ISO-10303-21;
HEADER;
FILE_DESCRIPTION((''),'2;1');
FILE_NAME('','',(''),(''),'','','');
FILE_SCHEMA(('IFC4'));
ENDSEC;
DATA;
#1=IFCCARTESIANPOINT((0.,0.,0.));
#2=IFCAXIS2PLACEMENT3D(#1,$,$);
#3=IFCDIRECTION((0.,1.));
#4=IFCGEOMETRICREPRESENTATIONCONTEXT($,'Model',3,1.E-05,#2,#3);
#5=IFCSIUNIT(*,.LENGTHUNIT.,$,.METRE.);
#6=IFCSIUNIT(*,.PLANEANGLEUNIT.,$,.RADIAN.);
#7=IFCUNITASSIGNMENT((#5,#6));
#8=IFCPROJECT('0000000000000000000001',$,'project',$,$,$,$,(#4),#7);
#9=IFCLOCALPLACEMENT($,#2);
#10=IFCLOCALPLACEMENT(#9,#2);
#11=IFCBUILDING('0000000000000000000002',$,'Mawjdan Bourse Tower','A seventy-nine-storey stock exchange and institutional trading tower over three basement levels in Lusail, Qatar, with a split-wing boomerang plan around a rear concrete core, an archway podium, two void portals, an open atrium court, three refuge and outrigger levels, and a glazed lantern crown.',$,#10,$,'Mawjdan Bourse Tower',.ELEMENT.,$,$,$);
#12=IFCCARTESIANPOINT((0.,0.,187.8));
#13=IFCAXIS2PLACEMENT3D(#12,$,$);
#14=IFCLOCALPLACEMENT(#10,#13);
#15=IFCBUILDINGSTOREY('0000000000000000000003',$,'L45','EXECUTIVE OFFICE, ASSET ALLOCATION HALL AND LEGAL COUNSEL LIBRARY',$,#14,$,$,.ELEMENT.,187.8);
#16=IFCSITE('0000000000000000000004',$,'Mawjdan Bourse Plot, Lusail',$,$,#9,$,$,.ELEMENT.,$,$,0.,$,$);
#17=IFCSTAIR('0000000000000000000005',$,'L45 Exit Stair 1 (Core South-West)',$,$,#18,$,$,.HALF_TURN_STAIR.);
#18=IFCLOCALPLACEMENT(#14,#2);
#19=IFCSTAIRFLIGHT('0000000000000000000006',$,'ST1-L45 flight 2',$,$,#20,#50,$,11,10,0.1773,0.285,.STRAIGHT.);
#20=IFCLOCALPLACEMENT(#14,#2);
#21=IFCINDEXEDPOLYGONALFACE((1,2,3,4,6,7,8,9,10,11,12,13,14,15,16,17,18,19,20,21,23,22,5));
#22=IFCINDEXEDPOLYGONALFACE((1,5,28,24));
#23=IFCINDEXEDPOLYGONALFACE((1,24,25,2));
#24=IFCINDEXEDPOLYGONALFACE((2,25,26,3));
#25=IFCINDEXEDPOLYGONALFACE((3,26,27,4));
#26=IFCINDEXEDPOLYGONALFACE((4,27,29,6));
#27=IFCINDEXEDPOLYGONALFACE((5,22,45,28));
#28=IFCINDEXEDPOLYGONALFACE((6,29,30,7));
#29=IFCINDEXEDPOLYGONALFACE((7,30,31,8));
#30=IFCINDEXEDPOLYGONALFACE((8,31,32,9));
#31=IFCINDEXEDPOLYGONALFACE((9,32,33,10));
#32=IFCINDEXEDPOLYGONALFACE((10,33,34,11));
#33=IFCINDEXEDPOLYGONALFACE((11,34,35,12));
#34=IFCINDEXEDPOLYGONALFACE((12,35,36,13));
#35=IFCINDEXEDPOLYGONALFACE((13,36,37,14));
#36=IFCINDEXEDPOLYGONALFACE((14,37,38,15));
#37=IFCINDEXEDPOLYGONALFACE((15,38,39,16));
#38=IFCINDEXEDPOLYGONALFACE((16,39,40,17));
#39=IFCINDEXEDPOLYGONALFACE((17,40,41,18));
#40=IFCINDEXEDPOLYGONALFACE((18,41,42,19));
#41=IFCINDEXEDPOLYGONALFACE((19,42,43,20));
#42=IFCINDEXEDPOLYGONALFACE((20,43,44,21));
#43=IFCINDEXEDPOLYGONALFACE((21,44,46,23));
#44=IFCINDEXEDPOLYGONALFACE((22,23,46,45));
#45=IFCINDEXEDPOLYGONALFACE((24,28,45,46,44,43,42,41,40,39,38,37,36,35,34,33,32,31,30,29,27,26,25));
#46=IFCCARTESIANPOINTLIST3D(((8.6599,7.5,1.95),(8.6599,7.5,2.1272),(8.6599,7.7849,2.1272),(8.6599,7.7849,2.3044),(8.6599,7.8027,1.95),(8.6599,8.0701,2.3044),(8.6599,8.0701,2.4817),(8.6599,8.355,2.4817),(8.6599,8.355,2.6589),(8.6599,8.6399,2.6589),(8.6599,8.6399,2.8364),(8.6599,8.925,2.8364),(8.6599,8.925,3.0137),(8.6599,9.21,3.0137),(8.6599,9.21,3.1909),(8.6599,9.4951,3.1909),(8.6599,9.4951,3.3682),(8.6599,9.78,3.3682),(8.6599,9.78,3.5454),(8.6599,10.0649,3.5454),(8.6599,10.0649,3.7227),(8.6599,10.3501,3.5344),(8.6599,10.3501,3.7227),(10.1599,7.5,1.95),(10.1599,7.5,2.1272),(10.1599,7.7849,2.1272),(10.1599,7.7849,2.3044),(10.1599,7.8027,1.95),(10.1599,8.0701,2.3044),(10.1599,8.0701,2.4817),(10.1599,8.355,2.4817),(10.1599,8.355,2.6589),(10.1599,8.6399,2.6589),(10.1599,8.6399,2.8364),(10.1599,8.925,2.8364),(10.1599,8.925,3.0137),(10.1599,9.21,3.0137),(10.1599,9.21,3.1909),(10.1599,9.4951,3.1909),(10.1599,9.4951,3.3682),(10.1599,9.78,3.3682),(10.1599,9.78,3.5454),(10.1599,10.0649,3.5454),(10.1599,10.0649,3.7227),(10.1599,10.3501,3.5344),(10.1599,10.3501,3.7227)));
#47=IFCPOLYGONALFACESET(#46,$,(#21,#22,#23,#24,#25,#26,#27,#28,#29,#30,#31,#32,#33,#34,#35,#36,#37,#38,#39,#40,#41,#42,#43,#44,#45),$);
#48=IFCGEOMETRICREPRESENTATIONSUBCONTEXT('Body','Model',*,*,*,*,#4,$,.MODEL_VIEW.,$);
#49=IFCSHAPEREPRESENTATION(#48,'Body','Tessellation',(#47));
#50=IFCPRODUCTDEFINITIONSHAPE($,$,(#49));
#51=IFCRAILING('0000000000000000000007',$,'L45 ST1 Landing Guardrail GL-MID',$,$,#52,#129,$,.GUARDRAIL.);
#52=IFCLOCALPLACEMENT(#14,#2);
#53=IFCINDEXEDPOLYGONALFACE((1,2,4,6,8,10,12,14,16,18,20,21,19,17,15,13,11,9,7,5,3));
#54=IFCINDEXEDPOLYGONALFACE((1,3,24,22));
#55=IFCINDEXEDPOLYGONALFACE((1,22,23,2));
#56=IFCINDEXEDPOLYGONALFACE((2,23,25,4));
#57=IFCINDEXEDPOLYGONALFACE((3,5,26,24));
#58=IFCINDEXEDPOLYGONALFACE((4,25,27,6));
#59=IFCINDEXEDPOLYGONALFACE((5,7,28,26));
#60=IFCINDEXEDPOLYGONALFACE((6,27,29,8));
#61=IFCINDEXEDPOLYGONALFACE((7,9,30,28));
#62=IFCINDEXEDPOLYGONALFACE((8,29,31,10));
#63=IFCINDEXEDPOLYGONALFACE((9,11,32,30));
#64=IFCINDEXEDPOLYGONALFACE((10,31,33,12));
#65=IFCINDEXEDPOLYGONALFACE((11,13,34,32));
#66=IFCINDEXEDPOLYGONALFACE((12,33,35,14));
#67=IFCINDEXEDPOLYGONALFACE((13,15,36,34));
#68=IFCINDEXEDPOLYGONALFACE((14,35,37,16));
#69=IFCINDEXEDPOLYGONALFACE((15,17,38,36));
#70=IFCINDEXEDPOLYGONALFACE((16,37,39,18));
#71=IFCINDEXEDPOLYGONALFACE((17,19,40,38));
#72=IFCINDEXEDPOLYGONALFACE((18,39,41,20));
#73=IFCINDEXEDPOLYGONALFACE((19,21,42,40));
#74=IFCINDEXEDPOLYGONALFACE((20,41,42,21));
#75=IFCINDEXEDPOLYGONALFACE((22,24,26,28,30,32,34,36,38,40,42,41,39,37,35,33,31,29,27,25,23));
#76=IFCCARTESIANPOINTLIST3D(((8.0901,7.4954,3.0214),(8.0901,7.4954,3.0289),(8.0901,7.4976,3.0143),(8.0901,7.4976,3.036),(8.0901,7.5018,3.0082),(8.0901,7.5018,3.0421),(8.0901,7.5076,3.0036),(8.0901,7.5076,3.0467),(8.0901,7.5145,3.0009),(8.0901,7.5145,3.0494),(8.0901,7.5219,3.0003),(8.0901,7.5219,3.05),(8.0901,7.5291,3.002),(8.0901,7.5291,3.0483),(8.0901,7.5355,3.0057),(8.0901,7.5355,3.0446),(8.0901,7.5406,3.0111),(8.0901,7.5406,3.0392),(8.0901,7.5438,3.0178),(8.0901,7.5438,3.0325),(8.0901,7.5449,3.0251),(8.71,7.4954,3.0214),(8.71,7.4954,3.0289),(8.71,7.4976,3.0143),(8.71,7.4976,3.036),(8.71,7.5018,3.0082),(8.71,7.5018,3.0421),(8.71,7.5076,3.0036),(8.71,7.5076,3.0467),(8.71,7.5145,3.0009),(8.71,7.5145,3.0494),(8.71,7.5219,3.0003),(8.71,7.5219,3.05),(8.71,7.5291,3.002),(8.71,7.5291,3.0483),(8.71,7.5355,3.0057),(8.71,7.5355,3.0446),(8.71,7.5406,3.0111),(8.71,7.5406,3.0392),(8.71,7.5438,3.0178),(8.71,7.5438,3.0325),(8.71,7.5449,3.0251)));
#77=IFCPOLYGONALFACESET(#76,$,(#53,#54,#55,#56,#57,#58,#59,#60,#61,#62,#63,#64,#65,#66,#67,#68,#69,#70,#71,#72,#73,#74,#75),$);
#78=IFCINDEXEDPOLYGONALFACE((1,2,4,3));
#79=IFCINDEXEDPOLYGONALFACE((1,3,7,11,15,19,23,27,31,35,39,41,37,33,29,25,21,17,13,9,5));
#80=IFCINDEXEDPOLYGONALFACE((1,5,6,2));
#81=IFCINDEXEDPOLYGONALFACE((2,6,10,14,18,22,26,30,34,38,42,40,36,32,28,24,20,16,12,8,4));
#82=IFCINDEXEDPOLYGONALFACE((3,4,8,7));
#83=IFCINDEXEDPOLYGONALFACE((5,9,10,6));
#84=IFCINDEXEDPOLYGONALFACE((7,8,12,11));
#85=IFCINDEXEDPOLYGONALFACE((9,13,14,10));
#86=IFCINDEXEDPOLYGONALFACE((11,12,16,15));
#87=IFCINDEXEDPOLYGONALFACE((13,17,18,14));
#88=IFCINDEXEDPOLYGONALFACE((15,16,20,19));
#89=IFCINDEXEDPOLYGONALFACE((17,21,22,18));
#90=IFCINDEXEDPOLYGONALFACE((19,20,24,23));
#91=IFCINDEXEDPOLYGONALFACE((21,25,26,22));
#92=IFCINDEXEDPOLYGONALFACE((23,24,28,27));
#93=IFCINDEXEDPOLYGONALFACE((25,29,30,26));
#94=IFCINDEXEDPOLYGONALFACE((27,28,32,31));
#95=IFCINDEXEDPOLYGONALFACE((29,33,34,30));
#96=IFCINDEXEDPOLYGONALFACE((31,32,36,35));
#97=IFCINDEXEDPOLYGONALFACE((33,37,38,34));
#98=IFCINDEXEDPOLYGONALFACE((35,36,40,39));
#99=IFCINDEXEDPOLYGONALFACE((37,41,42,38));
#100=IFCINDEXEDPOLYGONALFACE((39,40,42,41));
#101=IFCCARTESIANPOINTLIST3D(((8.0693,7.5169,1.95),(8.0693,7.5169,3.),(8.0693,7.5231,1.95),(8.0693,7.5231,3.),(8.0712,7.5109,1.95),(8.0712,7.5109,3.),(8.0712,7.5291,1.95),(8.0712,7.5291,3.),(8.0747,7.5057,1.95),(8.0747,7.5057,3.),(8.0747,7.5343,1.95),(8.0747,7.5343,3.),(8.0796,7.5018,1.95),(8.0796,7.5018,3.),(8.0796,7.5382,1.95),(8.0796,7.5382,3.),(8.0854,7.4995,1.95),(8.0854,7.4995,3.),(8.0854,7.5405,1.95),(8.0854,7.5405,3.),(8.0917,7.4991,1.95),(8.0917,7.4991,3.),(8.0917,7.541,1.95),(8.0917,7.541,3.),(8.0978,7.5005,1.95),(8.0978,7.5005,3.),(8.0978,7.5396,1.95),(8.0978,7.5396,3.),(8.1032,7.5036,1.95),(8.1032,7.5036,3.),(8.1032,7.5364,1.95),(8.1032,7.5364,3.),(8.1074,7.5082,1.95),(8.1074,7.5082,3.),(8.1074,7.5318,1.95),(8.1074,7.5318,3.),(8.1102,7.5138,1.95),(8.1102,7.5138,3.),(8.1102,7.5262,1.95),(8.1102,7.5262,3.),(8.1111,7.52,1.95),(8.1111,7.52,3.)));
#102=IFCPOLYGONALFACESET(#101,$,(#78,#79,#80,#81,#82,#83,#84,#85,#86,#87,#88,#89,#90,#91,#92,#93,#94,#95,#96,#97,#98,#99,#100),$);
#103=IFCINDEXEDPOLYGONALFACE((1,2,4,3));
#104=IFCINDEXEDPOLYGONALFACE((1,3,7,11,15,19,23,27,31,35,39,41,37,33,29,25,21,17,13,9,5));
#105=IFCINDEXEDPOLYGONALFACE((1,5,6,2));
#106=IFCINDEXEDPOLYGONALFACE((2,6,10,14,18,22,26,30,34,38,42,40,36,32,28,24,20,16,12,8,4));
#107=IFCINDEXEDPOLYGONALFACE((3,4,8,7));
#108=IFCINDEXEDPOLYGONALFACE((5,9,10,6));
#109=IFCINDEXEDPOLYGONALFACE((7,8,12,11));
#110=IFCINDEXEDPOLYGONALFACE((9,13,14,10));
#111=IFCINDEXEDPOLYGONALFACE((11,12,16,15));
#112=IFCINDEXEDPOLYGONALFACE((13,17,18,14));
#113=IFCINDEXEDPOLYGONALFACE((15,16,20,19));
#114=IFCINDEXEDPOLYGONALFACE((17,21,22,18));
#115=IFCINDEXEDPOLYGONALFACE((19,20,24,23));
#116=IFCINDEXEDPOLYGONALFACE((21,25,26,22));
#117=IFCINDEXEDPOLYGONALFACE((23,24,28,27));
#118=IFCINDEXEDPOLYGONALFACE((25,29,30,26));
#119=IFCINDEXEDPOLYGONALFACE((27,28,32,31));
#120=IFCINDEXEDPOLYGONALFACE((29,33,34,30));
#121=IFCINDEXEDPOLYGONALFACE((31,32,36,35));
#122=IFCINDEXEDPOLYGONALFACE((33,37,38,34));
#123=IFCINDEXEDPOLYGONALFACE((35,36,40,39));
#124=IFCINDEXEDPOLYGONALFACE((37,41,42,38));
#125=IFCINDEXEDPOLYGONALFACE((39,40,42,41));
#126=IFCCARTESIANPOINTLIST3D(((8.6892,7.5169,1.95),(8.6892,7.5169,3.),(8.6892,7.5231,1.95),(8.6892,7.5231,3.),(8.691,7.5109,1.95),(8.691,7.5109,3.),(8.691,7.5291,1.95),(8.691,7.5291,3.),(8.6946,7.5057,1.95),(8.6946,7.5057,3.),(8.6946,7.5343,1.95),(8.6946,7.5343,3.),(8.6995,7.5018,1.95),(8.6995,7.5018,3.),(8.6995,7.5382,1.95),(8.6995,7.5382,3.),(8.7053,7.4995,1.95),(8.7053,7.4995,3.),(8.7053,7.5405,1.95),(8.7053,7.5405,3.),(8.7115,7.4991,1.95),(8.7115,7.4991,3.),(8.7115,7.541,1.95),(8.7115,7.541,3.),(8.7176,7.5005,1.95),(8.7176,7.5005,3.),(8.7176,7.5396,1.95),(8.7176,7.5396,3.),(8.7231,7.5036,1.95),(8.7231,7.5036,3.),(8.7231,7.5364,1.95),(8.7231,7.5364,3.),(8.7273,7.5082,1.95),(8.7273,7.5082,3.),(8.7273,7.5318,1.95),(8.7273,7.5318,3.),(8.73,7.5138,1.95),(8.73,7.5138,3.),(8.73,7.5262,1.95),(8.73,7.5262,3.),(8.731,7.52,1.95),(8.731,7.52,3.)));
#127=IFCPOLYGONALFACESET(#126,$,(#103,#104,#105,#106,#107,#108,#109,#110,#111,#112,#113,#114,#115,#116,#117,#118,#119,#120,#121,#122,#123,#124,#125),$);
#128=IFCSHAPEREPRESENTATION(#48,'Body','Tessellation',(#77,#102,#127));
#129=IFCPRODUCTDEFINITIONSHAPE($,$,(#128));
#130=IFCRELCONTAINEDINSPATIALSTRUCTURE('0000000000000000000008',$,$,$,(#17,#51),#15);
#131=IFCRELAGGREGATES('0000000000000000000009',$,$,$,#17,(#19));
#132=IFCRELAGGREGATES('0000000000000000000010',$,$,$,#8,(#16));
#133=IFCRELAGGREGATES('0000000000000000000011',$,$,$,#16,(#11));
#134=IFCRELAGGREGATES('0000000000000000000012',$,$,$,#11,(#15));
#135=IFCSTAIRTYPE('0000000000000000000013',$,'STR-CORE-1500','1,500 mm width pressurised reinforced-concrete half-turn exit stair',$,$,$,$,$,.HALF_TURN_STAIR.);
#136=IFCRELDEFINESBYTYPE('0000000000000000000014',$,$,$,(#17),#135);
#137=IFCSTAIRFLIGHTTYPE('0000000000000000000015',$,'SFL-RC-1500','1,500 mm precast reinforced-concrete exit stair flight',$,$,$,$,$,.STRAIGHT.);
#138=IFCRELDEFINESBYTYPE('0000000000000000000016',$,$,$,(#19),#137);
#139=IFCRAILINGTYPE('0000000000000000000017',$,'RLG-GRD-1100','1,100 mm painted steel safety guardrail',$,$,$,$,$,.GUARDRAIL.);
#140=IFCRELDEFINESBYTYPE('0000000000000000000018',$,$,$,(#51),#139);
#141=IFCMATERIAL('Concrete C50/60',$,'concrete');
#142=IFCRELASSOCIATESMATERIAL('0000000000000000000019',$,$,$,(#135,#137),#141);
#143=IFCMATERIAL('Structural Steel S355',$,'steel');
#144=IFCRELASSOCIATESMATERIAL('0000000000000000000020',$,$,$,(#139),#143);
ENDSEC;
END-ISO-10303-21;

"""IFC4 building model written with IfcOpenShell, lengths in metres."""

from ifc_helpers import new_model, si_unit, direction, frame, origin, origin_2d, place, context, subcontext, project, spatial, polyline, circle, outline, extrude, material, type_object, element, aggregate, save


model = new_model("IFC4")

# Units and contexts
model_context = context("Model", 3, precision=1e-05, world=origin(), true_north=direction((0.0, 1.0)))
body_context = subcontext(model_context, "Body", "Model", "MODEL_VIEW")
ifc_project = project(units=[si_unit("LENGTHUNIT", "METRE"), si_unit("PLANEANGLEUNIT", "RADIAN")], contexts=[model_context])

# Site, building, storey
site_placement = place(None, origin())
site = spatial("IfcSite", under=ifc_project, at=site_placement, Name="Mawjdan Bourse Plot, Lusail", CompositionType="ELEMENT", RefElevation=0.0)
building_placement = place(site_placement, origin())
building = spatial("IfcBuilding", under=site, at=building_placement, Name="Mawjdan Bourse Tower", Description="A seventy-nine-storey stock exchange and institutional trading tower over three basement levels in Lusail, Qatar, with a split-wing boomerang plan around a rear concrete core, an archway podium, two void portals, an open atrium court, three refuge and outrigger levels, and a glazed lantern crown.", LongName="Mawjdan Bourse Tower", CompositionType="ELEMENT")
storey_placement = place(building_placement, frame((0.0, 0.0, 187.8)))
storey = spatial("IfcBuildingStorey", under=building, at=storey_placement, Name="L45", Description="EXECUTIVE OFFICE, ASSET ALLOCATION HALL AND LEGAL COUNSEL LIBRARY", CompositionType="ELEMENT", Elevation=187.8)

# Shared definitions
ifc_material_1 = material(Name="Structural Steel S355", Category="steel")

# Stair
ifc_material_2 = material(Name="Concrete C50/60", Category="concrete")
stair_type = type_object("IfcStairType", Name="STR-CORE-1500", Description="1,500 mm width pressurised reinforced-concrete half-turn exit stair", PredefinedType="HALF_TURN_STAIR", material=ifc_material_2)
stair_1_placement = place(storey_placement, origin())
stair_1 = element("IfcStair", 1, at=stair_1_placement, inside=storey, type_object=stair_type, Name="L45 Exit Stair 1 (Core South-West)", PredefinedType="HALF_TURN_STAIR")

# Stair flight
stair_flight_type = type_object("IfcStairFlightType", Name="SFL-RC-1500", Description="1,500 mm precast reinforced-concrete exit stair flight", PredefinedType="STRAIGHT", material=ifc_material_2)
stair_flight_placement = place(storey_placement, frame((9.4099, 7.5, 1.95), z_axis=(0.0, 0.0, 1.0), x_axis=(0.0, 1.0, 0.0)))
stair_flight = element("IfcStairFlight", 2, at=stair_flight_placement, type_object=stair_flight_type, Name="ST1-L45 flight 2", NumberOfRisers=11, NumberOfTreads=10, PredefinedType="STRAIGHT", RiserHeight=0.1773, TreadLength=0.285, context=body_context, shape_type="SweptSolid", body=[
    extrude(outline(polyline([(0.0, 0.0), (0.0, 0.1772), (0.2849, 0.1772), (0.2849, 0.3545), (0.5701, 0.3545), (0.5701, 0.5317), (0.855, 0.5317), (0.855, 0.709), (1.1399, 0.709), (1.1399, 0.8865), (1.425, 0.8865), (1.425, 1.0637), (1.71, 1.0637), (1.71, 1.241), (1.9951, 1.241), (1.9951, 1.4182), (2.28, 1.4182), (2.28, 1.5955), (2.5649, 1.5955), (2.5649, 1.7727), (2.8501, 1.7727), (2.8501, 1.95), (2.8501, 1.5845), (0.3027, 0.0), (0.0, 0.0)])), frame((0.0, 0.75, 0.0), z_axis=(0.0, -1.0, 0.0), x_axis=(1.0, 0.0, 0.0)), (0.0, 0.0, 1.0), 1.5),
])
aggregate(stair_1, [stair_flight])

# Railing
railing_type_1 = type_object("IfcRailingType", Name="RLG-GRD-1100", Description="1,100 mm painted steel safety guardrail", PredefinedType="GUARDRAIL", material=ifc_material_1)
railing_1_placement = place(storey_placement, frame((8.0901, 7.52, 1.95)))
element("IfcRailing", 3, at=railing_1_placement, inside=storey, type_object=railing_type_1, Name="L45 ST1 Landing Guardrail GL-MID", PredefinedType="GUARDRAIL", context=body_context, shape_type="SweptSolid", body=[
    extrude(circle(Radius=0.0249, at=origin_2d()), frame((0.0, 0.0, 1.0752), z_axis=(1.0, 0.0, 0.0), x_axis=(0.0, 1.0, 0.0)), (0.0, 0.0, 1.0), 0.6199),
    extrude(circle(Radius=0.021, at=origin_2d()), origin(), (0.0, 0.0, 1.0), 1.05),
    extrude(circle(Radius=0.021, at=origin_2d()), frame((0.6199, 0.0, 0.0)), (0.0, 0.0, 1.0), 1.05),
])

save(model, "model.ifc")
